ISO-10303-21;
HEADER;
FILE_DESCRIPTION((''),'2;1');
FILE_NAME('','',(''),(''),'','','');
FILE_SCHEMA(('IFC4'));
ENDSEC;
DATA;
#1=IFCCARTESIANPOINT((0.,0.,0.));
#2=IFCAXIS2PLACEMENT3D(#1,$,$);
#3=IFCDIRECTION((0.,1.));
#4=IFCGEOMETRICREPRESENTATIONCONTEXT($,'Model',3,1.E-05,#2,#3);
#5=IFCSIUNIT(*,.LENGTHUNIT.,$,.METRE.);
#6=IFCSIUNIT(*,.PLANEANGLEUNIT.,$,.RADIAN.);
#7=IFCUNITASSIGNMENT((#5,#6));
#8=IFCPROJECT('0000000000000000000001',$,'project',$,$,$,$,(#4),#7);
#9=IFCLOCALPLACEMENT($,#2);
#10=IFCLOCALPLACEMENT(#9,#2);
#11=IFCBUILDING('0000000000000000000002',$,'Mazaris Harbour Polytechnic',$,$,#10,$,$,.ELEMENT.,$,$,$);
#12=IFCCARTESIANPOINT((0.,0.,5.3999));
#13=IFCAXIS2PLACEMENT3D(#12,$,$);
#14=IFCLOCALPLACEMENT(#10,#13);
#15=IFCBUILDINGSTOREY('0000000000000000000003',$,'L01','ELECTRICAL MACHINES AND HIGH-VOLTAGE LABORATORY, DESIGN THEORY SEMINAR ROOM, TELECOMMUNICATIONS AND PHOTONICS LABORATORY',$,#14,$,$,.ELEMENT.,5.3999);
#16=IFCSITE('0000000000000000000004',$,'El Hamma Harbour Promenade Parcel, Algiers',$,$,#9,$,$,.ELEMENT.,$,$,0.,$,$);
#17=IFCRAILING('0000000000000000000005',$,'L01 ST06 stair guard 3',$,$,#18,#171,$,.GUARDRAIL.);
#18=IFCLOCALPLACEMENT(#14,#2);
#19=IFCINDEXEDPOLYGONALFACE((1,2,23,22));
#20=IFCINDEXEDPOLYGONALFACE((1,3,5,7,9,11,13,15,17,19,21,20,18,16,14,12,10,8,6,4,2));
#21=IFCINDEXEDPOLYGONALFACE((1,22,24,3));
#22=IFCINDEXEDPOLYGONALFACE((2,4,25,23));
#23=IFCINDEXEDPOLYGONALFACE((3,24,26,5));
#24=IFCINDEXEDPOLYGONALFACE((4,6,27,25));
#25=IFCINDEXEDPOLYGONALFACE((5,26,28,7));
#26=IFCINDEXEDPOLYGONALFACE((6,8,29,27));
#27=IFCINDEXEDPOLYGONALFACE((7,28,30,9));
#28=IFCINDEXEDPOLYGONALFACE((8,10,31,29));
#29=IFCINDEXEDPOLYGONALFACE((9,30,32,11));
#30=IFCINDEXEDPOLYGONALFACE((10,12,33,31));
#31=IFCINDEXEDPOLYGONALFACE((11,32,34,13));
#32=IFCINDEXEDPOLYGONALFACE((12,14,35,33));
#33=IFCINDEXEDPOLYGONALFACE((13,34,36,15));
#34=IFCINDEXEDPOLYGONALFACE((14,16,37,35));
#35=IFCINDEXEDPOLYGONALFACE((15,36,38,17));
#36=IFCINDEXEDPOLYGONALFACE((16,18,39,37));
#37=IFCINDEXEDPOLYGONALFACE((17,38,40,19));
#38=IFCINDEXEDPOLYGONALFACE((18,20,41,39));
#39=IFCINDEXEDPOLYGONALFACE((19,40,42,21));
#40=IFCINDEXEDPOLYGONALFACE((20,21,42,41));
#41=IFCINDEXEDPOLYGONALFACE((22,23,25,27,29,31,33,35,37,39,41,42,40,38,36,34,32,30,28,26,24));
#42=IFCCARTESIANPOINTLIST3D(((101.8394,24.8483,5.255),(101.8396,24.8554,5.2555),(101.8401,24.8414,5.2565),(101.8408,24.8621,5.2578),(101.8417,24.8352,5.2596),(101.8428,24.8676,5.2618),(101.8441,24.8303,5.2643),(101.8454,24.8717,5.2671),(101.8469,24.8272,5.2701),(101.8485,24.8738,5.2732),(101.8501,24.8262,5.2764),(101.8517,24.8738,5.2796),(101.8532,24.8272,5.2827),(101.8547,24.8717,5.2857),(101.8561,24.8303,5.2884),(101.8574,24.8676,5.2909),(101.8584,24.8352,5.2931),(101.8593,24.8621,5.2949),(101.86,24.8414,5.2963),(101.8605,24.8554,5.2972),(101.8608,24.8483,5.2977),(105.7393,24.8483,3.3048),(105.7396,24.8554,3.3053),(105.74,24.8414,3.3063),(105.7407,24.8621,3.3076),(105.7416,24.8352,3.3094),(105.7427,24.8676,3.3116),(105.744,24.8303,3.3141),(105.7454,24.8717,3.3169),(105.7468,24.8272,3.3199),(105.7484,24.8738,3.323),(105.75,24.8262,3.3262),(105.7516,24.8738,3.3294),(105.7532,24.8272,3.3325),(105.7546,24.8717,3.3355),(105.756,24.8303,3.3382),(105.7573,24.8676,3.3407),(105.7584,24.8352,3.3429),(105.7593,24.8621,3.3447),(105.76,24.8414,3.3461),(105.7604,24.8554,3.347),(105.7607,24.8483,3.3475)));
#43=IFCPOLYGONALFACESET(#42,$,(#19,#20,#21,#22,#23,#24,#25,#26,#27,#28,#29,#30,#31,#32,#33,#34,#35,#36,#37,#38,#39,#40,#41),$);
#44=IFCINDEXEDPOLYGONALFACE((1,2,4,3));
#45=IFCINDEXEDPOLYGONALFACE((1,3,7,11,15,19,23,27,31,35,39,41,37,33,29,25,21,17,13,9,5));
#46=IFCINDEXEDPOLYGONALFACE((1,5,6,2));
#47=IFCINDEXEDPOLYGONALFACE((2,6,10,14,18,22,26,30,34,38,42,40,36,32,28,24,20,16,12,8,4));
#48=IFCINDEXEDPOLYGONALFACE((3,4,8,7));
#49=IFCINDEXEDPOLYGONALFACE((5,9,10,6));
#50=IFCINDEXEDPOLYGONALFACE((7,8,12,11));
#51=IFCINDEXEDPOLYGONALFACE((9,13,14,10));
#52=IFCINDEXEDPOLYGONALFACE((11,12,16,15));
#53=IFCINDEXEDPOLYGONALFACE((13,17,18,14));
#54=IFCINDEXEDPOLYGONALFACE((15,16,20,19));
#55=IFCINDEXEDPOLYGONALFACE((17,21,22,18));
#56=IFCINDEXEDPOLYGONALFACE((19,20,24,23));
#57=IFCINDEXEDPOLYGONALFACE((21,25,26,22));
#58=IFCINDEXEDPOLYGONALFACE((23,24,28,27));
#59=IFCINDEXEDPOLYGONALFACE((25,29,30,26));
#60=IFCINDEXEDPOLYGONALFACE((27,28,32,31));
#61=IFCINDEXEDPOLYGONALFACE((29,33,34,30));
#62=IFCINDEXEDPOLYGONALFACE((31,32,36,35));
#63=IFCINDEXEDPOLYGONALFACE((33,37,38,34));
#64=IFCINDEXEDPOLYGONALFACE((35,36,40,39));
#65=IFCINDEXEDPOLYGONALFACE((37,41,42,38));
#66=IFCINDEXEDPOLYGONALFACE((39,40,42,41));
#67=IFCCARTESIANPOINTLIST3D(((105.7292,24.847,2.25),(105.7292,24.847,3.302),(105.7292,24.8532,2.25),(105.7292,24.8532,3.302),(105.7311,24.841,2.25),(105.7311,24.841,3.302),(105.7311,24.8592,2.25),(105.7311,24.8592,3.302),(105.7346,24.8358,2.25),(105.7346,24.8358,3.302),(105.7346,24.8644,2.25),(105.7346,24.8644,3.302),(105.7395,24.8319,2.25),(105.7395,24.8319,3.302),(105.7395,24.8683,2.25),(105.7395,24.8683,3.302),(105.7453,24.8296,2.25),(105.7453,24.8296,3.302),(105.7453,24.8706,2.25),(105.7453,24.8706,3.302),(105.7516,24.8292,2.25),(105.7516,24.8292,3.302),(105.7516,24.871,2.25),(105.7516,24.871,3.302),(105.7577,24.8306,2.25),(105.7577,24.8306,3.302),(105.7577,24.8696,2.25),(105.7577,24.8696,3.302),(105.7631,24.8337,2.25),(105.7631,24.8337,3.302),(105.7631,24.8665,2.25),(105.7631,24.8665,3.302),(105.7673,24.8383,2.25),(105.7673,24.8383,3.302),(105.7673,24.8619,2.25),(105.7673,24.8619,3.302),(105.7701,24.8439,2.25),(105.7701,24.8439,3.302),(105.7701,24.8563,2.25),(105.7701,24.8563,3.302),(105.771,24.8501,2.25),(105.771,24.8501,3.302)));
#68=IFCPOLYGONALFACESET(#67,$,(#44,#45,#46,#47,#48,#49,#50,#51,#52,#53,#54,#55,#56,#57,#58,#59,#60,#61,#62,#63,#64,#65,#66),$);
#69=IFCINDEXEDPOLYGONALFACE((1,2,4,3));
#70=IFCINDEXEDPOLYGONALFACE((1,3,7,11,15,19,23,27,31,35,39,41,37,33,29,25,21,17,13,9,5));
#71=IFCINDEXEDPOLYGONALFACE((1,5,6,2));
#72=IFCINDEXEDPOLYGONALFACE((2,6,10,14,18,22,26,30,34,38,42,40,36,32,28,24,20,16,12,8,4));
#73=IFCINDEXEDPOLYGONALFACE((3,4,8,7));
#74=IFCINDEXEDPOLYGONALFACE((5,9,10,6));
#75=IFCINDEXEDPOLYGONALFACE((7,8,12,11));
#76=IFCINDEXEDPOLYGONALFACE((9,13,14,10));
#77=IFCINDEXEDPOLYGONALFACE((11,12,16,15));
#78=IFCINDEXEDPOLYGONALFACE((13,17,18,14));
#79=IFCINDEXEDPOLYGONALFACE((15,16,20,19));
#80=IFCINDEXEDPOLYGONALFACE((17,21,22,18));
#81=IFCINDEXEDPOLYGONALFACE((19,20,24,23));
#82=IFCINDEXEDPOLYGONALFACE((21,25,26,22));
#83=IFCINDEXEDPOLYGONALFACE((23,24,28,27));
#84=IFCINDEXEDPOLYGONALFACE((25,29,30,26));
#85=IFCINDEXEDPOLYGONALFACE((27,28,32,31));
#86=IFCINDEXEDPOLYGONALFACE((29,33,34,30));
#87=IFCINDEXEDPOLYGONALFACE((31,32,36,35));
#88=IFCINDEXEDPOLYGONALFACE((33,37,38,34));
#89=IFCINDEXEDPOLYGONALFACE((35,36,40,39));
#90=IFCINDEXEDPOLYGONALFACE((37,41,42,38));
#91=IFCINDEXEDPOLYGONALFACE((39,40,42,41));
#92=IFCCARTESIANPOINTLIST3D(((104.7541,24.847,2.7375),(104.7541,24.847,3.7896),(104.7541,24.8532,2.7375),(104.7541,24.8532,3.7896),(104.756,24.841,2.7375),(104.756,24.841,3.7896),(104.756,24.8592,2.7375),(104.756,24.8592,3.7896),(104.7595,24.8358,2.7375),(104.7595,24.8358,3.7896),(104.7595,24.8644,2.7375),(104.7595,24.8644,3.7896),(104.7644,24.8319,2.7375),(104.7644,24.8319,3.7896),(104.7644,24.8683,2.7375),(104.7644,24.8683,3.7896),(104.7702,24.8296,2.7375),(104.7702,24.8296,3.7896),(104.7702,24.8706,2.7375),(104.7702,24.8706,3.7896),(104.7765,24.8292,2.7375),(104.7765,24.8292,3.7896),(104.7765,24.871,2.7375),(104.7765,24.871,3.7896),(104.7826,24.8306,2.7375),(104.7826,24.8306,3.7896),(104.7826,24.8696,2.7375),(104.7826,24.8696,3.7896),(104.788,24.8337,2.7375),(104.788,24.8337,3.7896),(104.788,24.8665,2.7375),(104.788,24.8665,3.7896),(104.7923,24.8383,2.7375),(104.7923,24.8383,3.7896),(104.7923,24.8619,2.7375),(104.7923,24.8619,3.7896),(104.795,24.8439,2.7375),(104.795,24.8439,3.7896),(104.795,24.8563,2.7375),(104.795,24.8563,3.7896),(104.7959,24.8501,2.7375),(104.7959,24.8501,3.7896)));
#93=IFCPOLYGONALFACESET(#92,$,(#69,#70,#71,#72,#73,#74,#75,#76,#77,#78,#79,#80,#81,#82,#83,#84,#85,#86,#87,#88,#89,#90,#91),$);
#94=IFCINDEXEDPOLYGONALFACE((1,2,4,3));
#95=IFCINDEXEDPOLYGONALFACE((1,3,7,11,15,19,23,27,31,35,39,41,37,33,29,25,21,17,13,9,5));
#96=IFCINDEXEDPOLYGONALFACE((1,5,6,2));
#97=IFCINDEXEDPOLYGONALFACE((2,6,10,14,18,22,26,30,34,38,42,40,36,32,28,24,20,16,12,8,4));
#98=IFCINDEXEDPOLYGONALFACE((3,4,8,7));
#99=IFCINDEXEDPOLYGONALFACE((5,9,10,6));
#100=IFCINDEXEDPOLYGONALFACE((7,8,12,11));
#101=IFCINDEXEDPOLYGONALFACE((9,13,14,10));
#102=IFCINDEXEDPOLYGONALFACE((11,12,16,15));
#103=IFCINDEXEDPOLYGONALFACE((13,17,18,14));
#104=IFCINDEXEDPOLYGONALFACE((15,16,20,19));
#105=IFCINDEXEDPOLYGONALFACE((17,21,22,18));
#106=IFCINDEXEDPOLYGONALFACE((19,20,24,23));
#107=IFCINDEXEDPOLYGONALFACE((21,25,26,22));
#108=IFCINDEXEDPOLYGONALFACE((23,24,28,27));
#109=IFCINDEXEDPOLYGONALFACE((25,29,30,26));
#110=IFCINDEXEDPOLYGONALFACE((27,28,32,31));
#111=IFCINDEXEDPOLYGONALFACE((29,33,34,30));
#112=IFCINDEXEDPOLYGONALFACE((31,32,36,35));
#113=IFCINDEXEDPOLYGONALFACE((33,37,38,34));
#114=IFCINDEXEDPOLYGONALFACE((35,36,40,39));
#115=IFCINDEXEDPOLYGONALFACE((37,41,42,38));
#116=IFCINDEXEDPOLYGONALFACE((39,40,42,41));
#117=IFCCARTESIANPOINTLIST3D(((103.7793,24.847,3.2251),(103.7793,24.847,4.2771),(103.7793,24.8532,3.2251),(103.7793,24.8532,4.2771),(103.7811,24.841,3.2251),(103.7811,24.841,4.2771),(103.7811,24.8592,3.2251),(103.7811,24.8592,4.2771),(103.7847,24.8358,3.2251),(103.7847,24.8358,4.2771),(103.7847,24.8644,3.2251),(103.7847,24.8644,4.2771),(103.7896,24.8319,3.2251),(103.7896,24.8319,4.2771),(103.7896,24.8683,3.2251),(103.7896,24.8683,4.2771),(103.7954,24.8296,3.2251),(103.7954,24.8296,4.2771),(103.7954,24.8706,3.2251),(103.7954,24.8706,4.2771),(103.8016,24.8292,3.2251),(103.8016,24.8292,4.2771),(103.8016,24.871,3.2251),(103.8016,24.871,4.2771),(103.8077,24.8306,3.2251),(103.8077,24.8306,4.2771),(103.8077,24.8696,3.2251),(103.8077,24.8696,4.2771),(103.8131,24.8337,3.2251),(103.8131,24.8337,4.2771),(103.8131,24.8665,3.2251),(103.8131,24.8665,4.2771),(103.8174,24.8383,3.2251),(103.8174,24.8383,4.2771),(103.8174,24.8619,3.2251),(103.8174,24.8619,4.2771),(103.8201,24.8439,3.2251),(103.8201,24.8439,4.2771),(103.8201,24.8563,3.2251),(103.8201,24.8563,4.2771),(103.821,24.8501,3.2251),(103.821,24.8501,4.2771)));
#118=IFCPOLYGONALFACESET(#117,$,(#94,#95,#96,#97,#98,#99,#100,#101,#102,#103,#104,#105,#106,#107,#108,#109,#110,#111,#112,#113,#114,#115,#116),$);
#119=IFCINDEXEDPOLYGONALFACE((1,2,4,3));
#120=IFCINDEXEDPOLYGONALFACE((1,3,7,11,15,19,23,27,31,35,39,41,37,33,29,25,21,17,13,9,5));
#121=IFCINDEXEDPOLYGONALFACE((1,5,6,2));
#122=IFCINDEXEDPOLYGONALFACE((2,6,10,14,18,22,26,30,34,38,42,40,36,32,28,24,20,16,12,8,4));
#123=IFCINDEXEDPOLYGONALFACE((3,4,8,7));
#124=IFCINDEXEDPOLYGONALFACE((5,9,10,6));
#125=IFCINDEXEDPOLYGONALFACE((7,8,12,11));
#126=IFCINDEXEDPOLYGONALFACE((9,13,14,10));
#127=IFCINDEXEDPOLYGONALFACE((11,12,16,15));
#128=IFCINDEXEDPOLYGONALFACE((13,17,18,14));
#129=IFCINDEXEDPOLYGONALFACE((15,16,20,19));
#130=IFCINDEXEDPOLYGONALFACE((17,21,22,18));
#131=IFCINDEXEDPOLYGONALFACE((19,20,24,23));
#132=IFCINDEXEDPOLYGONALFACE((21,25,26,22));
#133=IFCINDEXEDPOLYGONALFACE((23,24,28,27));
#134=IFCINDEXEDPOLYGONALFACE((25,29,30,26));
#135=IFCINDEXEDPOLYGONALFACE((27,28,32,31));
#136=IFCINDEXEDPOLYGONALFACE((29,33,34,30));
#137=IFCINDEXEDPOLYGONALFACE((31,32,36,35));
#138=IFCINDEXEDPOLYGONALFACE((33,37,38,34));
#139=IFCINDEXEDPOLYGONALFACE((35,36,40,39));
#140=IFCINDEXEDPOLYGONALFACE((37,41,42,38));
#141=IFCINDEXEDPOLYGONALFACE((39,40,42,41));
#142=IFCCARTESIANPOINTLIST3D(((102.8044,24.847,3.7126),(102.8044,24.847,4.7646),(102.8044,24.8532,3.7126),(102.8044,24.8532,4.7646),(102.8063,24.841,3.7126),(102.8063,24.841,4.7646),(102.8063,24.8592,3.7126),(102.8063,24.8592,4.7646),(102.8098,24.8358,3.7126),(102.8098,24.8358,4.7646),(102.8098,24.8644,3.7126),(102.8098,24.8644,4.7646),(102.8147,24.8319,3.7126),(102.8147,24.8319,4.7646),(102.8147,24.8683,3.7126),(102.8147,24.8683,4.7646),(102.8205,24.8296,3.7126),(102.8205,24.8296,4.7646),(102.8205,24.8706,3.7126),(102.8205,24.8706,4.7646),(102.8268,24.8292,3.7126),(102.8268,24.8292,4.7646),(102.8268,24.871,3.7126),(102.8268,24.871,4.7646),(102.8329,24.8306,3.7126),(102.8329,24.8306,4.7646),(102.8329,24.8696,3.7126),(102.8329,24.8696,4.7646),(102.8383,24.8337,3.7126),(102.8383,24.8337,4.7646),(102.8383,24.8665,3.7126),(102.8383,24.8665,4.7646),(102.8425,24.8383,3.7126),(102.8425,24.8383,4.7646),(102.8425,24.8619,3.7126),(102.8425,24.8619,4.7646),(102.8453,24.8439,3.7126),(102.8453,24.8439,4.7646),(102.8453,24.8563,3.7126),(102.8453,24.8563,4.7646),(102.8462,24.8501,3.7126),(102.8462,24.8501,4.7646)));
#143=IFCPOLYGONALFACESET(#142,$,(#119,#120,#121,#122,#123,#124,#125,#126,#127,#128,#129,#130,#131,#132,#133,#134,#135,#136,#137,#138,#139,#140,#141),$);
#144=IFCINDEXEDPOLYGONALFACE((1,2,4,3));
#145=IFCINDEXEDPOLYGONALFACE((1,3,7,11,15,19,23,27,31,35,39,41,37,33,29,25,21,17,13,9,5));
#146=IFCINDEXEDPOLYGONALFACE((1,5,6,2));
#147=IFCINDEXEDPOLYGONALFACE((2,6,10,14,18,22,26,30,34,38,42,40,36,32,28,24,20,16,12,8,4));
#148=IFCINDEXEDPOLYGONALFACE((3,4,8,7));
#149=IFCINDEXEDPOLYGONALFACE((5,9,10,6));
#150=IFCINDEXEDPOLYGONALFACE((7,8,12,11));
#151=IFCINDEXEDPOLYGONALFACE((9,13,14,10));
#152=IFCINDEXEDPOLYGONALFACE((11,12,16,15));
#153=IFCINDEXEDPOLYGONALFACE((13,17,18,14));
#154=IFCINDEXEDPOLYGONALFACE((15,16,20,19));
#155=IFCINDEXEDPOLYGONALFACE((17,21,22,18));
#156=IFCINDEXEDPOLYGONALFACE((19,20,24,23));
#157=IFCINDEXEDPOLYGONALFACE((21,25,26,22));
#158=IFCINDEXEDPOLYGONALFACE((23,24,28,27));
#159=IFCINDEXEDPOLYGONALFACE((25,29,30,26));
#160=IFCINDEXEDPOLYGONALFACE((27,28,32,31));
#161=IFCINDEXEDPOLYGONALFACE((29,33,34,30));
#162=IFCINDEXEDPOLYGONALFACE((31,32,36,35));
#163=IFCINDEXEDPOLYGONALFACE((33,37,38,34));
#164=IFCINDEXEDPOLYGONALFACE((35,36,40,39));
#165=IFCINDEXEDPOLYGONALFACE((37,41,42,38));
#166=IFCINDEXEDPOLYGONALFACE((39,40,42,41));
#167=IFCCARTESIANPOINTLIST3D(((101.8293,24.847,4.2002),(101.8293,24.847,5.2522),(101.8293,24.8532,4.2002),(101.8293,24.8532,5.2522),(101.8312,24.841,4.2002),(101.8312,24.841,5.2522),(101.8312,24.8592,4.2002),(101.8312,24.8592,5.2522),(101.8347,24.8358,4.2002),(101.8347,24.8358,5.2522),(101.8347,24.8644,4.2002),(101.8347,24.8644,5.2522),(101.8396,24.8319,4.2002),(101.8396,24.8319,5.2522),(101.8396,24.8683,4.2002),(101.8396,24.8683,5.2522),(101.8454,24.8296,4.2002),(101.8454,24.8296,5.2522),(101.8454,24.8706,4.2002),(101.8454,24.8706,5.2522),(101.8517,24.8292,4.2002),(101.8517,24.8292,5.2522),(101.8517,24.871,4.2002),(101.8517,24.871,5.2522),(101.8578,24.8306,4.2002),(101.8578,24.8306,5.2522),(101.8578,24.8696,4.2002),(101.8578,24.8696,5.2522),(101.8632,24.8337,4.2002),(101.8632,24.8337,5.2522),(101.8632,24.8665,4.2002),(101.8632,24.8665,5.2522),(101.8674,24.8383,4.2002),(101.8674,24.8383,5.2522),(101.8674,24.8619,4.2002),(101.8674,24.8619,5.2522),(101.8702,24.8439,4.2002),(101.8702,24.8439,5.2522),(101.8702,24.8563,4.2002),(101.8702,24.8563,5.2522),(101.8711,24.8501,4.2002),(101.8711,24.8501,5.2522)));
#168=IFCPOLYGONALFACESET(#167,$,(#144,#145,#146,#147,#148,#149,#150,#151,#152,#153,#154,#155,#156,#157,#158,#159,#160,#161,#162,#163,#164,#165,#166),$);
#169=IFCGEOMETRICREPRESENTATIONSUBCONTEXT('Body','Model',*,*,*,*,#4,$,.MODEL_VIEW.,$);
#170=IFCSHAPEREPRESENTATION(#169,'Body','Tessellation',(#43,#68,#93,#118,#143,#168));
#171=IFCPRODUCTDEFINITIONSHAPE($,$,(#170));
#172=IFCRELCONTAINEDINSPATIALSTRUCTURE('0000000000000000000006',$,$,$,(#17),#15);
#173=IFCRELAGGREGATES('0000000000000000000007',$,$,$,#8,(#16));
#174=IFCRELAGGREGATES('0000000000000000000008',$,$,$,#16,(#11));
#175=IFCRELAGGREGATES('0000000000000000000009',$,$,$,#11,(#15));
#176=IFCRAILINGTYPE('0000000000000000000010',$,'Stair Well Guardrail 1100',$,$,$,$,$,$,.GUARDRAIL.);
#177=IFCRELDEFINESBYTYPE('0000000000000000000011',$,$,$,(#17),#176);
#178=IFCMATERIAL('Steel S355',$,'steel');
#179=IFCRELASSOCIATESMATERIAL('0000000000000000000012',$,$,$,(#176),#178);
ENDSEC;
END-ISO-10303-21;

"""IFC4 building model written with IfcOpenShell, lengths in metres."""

from ifc_helpers import new_model, si_unit, direction, frame, origin, origin_2d, place, context, subcontext, project, spatial, circle, extrude, material, type_object, element, save


model = new_model("IFC4")

# Units and contexts
model_context = context("Model", 3, precision=1e-05, world=origin(), true_north=direction((0.0, 1.0)))
body_context = subcontext(model_context, "Body", "Model", "MODEL_VIEW")
ifc_project = project(units=[si_unit("LENGTHUNIT", "METRE"), si_unit("PLANEANGLEUNIT", "RADIAN")], contexts=[model_context])

# Site, building, storey
site_placement = place(None, origin())
site = spatial("IfcSite", under=ifc_project, at=site_placement, Name="El Hamma Harbour Promenade Parcel, Algiers", CompositionType="ELEMENT", RefElevation=0.0)
building_placement = place(site_placement, origin())
building = spatial("IfcBuilding", under=site, at=building_placement, Name="Mazaris Harbour Polytechnic", CompositionType="ELEMENT")
storey_placement = place(building_placement, frame((0.0, 0.0, 5.3999)))
storey = spatial("IfcBuildingStorey", under=building, at=storey_placement, Name="L01", Description="ELECTRICAL MACHINES AND HIGH-VOLTAGE LABORATORY, DESIGN THEORY SEMINAR ROOM, TELECOMMUNICATIONS AND PHOTONICS LABORATORY", CompositionType="ELEMENT", Elevation=5.3999)

# Railing
ifc_material_1 = material(Name="Steel S355", Category="steel")
railing_type_1 = type_object("IfcRailingType", Name="Stair Well Guardrail 1100", PredefinedType="GUARDRAIL", material=ifc_material_1)
railing_1_placement = place(storey_placement, frame((105.75, 24.8501, 2.25)))
element("IfcRailing", 1, at=railing_1_placement, inside=storey, type_object=railing_type_1, Name="L01 ST06 stair guard 3", PredefinedType="GUARDRAIL", context=body_context, shape_type="SweptSolid", body=[
    extrude(circle(Radius=0.0239, at=origin_2d()), frame((0.0, 0.0, 1.0762), z_axis=(-0.894405, 0.0, 0.447258), x_axis=(0.0, -1.0, 0.0)), (0.0, 0.0, 1.0), 4.3604),
    extrude(circle(Radius=0.021, at=origin_2d()), origin(), (0.0, 0.0, 1.0), 1.052),
    extrude(circle(Radius=0.021, at=origin_2d()), frame((-0.9751, 0.0, 0.4875)), (0.0, 0.0, 1.0), 1.052),
    extrude(circle(Radius=0.021, at=origin_2d()), frame((-1.95, 0.0, 0.9751)), (0.0, 0.0, 1.0), 1.052),
    extrude(circle(Radius=0.021, at=origin_2d()), frame((-2.9248, 0.0, 1.4626)), (0.0, 0.0, 1.0), 1.052),
    extrude(circle(Radius=0.021, at=origin_2d()), frame((-3.8999, 0.0, 1.9502)), (0.0, 0.0, 1.0), 1.052),
])

save(model, "model.ifc")
